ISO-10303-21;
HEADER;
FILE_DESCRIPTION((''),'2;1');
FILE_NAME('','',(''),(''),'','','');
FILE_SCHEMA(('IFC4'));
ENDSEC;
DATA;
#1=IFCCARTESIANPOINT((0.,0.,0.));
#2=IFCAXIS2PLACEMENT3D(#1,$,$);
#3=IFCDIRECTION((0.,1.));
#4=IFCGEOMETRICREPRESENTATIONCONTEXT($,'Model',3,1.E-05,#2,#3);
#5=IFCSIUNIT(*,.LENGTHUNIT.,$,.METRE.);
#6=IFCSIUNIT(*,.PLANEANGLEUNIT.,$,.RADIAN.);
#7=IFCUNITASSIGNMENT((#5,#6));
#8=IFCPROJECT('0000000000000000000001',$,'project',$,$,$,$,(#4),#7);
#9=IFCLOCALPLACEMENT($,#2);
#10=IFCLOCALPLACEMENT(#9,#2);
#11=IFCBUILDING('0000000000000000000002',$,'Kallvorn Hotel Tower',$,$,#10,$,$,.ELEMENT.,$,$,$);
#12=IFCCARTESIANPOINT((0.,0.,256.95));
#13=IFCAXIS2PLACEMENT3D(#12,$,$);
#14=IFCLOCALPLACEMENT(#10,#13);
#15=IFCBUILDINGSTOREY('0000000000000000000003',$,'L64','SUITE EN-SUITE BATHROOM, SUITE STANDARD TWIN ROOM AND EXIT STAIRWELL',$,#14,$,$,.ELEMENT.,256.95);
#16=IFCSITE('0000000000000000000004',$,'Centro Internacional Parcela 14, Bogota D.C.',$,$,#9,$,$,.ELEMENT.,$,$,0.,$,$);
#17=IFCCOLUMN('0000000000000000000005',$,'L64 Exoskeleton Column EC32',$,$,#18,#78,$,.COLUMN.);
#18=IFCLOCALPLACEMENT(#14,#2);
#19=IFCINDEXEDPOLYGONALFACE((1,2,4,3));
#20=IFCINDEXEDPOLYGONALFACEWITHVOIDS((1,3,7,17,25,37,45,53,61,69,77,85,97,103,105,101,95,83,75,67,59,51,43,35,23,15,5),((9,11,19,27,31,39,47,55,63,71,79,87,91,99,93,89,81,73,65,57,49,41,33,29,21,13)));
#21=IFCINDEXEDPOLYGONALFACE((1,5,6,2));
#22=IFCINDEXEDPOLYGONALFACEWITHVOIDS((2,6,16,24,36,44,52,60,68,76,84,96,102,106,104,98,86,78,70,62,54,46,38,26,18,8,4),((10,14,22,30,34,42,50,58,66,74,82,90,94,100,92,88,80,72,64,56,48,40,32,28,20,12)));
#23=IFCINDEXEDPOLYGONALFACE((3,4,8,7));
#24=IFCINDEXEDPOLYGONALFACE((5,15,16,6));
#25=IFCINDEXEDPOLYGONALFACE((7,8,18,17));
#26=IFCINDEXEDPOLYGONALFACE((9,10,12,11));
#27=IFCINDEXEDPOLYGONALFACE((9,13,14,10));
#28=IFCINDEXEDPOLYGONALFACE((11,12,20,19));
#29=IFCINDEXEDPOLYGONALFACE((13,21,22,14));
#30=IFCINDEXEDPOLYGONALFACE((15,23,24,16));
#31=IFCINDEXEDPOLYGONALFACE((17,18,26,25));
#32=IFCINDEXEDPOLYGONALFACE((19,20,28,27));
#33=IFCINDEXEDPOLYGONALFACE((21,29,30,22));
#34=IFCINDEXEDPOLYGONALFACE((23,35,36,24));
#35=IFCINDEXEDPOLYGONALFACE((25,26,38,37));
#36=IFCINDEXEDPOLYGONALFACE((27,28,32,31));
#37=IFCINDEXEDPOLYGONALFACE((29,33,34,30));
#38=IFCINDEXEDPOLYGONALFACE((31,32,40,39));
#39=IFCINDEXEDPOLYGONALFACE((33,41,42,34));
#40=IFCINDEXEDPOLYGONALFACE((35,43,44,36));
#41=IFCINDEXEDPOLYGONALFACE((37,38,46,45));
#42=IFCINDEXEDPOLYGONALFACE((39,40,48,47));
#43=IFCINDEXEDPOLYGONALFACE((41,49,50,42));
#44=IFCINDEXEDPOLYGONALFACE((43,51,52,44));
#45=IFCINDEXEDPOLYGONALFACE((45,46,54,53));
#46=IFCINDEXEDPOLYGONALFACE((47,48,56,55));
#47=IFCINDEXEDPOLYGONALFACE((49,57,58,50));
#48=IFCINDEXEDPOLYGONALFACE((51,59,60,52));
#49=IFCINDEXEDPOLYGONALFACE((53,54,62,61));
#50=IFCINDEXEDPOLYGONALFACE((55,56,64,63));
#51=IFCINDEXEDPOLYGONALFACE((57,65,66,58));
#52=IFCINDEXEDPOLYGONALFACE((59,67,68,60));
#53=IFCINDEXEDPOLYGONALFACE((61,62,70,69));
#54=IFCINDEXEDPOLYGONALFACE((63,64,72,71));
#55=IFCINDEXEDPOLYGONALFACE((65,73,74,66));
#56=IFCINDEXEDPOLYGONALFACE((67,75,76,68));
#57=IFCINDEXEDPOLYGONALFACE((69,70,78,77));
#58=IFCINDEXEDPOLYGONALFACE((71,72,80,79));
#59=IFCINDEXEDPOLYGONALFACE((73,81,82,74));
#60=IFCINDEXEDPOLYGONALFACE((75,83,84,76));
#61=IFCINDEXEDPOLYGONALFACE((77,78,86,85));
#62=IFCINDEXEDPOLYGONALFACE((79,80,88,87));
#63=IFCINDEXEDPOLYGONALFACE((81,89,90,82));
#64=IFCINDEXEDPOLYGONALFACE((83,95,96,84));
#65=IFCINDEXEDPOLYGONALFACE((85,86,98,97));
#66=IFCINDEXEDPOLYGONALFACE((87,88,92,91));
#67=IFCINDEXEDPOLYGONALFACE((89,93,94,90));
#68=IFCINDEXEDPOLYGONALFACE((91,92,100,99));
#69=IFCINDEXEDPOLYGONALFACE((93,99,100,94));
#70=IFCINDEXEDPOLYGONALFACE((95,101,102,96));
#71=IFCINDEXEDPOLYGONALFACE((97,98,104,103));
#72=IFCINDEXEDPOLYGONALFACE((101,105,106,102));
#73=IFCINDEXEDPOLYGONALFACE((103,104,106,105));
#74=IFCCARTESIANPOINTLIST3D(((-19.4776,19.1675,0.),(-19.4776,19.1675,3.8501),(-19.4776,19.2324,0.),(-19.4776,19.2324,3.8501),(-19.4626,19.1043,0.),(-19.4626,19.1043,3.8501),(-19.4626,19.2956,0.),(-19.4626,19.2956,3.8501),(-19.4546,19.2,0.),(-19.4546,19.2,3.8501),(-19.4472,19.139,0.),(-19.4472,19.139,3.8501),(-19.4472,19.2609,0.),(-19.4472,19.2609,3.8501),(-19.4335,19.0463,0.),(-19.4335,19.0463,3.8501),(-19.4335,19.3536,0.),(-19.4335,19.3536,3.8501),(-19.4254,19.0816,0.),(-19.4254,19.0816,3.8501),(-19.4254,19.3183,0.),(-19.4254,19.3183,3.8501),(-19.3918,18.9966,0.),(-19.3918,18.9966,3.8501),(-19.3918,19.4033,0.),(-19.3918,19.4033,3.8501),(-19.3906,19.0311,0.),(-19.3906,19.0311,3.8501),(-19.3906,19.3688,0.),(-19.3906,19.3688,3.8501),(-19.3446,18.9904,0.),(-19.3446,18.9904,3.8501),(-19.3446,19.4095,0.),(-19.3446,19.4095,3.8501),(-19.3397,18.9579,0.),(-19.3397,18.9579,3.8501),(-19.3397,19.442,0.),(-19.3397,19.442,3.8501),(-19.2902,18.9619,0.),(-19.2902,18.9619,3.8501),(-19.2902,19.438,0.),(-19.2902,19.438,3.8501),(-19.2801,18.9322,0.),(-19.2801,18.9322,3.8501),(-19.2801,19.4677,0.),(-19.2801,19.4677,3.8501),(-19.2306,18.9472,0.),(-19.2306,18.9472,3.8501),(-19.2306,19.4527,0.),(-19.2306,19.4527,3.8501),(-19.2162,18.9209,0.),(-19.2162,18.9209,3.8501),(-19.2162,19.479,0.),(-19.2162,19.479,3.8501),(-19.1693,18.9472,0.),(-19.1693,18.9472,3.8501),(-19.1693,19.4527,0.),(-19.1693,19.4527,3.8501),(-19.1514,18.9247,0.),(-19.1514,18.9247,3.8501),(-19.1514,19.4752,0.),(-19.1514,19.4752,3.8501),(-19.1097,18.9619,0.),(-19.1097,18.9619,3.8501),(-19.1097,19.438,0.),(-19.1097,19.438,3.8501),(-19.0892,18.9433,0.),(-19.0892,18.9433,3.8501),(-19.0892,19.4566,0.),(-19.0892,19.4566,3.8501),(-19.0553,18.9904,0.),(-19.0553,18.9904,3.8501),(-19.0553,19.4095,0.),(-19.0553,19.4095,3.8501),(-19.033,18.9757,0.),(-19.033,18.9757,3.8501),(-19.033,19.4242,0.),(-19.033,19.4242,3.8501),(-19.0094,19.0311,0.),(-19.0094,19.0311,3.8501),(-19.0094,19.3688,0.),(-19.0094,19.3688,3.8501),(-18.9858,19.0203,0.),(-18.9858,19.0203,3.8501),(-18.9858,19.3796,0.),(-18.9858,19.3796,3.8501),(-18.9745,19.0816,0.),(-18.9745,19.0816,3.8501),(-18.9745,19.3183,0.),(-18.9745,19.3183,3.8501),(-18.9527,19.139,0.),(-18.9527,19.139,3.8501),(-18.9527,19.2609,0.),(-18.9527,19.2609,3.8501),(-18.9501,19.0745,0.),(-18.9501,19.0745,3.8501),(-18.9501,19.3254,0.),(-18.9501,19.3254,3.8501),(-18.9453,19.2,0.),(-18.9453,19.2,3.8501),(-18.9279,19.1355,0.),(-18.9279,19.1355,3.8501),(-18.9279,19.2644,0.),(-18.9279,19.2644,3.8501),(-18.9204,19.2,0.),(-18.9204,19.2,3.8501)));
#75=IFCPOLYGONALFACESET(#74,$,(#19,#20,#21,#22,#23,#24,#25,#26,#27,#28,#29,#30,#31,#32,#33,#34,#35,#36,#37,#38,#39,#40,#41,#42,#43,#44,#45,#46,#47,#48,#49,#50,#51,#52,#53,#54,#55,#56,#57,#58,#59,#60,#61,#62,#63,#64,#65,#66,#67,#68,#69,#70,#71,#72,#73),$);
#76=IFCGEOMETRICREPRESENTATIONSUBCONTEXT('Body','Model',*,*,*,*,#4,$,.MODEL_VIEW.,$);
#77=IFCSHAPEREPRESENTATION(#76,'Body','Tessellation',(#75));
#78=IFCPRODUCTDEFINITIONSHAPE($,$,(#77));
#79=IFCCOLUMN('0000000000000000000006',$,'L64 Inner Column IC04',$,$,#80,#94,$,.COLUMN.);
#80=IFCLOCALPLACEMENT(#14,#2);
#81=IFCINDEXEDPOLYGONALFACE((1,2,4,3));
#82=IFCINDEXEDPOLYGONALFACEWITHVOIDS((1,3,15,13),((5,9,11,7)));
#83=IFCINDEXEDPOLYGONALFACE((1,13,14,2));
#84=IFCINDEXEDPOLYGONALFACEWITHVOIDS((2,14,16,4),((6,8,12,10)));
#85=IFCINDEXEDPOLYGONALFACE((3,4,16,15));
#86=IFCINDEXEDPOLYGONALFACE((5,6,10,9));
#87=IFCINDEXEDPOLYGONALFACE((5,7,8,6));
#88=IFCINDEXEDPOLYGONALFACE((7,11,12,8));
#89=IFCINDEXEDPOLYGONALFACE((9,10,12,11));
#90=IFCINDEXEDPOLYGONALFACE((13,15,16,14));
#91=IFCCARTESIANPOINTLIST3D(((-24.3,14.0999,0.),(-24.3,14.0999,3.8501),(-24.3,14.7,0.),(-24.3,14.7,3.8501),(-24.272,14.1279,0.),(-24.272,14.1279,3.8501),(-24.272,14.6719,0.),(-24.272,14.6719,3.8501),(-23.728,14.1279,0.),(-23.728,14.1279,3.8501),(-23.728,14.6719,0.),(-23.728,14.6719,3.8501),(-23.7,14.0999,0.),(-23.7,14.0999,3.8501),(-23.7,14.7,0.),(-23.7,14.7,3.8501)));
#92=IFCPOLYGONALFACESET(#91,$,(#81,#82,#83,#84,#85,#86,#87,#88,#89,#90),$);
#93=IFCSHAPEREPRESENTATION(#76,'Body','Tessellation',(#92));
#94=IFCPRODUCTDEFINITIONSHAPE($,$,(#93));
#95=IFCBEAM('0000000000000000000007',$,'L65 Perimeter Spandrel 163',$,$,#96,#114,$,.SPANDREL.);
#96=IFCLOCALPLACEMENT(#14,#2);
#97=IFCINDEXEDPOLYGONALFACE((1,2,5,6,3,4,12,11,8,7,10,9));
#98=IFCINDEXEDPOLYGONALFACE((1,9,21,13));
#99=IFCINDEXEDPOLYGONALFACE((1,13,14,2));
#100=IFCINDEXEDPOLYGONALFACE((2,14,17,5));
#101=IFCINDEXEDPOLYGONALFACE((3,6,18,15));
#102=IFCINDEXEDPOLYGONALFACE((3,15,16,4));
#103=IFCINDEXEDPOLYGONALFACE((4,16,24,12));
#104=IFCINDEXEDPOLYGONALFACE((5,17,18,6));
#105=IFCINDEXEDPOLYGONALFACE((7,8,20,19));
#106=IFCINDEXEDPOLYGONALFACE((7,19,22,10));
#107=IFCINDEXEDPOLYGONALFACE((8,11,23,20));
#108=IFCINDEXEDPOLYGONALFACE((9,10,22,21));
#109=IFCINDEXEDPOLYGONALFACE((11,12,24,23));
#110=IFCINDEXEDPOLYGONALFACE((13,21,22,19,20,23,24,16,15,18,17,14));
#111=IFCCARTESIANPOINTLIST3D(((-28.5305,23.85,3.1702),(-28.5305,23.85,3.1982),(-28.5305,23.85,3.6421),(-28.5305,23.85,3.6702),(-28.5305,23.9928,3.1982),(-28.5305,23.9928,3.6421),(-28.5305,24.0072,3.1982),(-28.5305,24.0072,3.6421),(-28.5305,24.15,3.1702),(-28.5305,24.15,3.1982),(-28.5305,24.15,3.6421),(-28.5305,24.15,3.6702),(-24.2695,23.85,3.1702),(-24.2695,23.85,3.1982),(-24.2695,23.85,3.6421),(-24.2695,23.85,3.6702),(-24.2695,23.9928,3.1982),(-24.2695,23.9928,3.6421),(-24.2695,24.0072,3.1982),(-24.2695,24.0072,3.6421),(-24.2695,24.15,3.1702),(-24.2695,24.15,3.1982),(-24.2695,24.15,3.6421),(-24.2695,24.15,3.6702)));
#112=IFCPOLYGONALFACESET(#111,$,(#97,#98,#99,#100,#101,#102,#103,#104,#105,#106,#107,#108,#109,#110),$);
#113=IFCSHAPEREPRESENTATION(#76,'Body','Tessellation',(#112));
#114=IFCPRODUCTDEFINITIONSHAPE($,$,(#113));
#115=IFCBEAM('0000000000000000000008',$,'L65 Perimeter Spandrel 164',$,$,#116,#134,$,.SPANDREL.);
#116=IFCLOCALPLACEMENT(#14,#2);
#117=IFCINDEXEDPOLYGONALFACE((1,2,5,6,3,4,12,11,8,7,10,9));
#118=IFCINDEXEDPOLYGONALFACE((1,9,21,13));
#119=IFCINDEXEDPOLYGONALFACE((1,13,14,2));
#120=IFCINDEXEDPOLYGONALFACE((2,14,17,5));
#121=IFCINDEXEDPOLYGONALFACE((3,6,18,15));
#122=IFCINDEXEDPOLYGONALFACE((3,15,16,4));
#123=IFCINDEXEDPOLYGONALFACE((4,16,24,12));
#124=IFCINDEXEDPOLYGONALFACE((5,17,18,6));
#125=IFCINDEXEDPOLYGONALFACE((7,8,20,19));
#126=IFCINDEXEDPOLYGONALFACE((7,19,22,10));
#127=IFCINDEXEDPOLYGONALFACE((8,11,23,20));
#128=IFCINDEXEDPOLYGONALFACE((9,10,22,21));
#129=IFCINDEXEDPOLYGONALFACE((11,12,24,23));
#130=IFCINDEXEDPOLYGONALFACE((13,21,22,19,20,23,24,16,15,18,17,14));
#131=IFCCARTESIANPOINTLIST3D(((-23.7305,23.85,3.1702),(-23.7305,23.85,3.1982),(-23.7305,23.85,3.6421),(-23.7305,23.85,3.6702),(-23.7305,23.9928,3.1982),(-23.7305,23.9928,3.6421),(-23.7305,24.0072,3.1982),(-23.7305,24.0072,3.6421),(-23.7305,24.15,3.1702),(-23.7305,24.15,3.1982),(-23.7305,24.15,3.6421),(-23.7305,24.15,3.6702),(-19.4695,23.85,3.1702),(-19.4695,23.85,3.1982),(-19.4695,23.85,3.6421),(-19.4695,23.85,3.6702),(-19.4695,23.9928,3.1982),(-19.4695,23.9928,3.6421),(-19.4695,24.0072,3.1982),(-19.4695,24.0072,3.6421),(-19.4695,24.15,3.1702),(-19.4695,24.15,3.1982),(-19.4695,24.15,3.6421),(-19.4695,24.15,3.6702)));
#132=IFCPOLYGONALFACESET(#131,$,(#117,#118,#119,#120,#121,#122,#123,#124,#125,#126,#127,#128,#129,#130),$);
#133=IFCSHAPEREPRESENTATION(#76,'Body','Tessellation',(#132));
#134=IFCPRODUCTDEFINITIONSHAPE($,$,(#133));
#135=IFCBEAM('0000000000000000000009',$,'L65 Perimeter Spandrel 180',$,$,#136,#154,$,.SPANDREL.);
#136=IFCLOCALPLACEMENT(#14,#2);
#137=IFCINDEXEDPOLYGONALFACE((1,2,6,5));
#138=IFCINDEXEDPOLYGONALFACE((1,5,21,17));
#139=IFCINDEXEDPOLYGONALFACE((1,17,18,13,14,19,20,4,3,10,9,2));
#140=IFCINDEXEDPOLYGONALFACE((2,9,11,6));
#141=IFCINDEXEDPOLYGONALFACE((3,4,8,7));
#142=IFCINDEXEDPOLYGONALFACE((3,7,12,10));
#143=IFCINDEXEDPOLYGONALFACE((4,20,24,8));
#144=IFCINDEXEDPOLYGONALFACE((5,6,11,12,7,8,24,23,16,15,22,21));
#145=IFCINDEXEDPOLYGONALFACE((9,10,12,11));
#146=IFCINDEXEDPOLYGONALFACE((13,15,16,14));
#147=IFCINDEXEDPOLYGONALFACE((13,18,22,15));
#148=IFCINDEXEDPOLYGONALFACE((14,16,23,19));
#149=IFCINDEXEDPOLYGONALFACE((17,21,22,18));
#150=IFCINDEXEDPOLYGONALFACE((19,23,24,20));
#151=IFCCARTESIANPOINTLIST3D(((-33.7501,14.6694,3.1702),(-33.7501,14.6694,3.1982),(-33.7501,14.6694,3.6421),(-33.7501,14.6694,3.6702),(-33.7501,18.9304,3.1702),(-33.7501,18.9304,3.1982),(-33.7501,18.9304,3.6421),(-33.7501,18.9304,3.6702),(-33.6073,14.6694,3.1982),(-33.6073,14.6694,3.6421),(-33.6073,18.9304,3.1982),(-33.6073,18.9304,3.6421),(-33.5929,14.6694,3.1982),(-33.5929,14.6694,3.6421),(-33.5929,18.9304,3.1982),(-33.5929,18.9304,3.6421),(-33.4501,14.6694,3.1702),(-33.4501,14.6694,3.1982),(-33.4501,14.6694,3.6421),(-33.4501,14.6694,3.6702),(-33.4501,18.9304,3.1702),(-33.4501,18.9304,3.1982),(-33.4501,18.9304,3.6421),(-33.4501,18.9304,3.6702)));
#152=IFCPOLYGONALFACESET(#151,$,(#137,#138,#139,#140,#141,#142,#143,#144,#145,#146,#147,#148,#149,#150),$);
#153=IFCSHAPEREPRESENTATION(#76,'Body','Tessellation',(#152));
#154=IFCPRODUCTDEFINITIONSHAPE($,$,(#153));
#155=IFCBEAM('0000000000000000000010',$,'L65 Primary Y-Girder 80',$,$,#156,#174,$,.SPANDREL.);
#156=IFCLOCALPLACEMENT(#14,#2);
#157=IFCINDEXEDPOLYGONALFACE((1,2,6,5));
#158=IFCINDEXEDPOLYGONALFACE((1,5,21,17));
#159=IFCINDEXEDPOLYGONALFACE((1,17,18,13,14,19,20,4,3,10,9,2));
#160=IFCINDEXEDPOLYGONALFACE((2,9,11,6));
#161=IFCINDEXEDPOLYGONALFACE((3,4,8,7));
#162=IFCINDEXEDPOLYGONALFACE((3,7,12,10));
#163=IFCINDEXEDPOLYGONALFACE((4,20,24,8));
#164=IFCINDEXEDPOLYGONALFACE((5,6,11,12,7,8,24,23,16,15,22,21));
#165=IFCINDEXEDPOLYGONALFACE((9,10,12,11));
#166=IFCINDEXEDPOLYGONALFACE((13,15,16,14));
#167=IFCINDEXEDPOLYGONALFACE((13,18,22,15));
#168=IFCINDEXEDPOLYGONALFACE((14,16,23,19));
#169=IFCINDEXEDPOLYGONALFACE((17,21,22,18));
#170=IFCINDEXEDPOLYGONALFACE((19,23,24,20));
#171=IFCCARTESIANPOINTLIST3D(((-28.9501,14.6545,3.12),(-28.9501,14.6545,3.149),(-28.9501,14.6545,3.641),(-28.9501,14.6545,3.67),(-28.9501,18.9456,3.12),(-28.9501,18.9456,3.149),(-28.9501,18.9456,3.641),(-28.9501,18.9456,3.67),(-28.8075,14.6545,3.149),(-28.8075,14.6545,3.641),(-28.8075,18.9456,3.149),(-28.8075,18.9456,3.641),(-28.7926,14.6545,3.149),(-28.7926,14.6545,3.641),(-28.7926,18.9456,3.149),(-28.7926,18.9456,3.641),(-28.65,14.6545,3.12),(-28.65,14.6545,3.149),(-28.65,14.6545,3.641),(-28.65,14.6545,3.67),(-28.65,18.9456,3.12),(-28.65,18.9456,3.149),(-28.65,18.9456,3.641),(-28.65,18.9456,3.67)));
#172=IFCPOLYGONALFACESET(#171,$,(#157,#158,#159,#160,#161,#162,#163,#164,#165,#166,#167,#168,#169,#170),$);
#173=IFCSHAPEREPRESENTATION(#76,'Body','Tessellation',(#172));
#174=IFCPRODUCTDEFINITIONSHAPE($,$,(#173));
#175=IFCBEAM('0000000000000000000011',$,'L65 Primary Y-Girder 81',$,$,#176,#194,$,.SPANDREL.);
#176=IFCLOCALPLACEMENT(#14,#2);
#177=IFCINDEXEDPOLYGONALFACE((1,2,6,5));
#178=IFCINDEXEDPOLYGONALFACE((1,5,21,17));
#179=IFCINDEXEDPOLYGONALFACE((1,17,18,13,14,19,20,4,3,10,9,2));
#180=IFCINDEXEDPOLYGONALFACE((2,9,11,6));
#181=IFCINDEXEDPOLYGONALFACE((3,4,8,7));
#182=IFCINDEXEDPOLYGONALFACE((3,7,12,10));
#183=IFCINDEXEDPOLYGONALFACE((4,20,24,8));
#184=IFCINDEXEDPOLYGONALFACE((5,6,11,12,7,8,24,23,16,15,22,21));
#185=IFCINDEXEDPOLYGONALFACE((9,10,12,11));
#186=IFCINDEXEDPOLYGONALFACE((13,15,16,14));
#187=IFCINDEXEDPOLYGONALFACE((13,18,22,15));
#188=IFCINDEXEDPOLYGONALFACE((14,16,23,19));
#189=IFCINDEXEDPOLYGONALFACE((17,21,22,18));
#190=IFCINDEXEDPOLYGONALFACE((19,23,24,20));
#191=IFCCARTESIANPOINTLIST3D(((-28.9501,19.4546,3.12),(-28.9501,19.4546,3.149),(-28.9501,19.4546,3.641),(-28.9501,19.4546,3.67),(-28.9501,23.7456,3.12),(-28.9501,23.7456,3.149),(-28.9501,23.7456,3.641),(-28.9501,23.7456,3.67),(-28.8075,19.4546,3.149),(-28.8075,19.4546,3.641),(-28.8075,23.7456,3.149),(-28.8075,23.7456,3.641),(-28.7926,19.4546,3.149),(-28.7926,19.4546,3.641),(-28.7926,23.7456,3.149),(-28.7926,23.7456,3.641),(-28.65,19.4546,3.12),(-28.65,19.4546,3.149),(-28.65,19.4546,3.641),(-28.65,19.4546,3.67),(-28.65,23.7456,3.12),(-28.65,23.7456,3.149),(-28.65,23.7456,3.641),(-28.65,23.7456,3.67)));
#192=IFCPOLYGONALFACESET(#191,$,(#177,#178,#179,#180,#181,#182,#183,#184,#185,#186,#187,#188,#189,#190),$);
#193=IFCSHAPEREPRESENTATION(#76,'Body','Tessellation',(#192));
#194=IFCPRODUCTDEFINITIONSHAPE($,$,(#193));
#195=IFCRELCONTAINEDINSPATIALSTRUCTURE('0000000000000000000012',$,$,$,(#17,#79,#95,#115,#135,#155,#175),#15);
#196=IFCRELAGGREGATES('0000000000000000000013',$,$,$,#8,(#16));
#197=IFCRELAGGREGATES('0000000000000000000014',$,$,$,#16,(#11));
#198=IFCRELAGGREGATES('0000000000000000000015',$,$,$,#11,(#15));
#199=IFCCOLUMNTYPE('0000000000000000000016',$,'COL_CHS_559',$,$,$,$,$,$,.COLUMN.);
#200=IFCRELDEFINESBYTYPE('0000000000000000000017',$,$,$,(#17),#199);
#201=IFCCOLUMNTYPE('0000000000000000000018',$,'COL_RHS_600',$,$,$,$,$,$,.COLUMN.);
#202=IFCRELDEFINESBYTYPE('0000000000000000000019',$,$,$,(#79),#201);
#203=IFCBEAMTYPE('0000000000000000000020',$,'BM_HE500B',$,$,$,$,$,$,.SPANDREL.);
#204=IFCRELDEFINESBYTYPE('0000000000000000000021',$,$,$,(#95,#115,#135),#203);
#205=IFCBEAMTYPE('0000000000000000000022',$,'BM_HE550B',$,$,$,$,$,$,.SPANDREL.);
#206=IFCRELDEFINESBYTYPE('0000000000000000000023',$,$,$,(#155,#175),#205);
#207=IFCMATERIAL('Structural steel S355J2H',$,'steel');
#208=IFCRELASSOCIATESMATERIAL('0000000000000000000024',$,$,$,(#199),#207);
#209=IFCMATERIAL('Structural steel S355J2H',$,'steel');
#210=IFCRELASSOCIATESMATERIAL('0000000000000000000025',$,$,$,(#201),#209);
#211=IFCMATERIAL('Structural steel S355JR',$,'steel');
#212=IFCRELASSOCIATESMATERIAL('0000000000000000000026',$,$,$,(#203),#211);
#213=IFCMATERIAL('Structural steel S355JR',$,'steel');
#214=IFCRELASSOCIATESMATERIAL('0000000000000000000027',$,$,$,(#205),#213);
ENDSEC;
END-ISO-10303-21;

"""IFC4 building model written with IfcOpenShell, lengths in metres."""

from ifc_helpers import new_model, si_unit, direction, frame, origin, origin_2d, place, context, subcontext, project, spatial, hollow_rectangle, hollow_circle, i_section, extrude, material, material_profile, profile_set, type_object, element, save


model = new_model("IFC4")

# Units and contexts
model_context = context("Model", 3, precision=1e-05, world=origin(), true_north=direction((0.0, 1.0)))
body_context = subcontext(model_context, "Body", "Model", "MODEL_VIEW")
ifc_project = project(units=[si_unit("LENGTHUNIT", "METRE"), si_unit("PLANEANGLEUNIT", "RADIAN")], contexts=[model_context])

# Site, building, storey
site_placement = place(None, origin())
site = spatial("IfcSite", under=ifc_project, at=site_placement, Name="Centro Internacional Parcela 14, Bogota D.C.", CompositionType="ELEMENT", RefElevation=0.0)
building_placement = place(site_placement, origin())
building = spatial("IfcBuilding", under=site, at=building_placement, Name="Kallvorn Hotel Tower", CompositionType="ELEMENT")
storey_placement = place(building_placement, frame((0.0, 0.0, 256.95)))
storey = spatial("IfcBuildingStorey", under=building, at=storey_placement, Name="L64", Description="SUITE EN-SUITE BATHROOM, SUITE STANDARD TWIN ROOM AND EXIT STAIRWELL", CompositionType="ELEMENT", Elevation=256.95)

# Columns
ifc_material_1 = material(Name="Structural steel S355J2H", Category="steel")
ifc_material_profile_1 = material_profile(ifc_material_1, hollow_circle(Radius=0.2795, WallThickness=0.0249, at=origin_2d()), Name="CHS 559x25")
ifc_profile_set_1 = profile_set([ifc_material_profile_1], Name="Structural steel S355J2H")
column_type_1 = type_object("IfcColumnType", Name="COL_CHS_559", PredefinedType="COLUMN", material=ifc_profile_set_1)
for number, where, z_axis, x_axis, name in (
    (1, (-19.2, 19.2, 0.0), (0.0, 0.0, 1.0), (1.0, 0.0, 0.0), "L64 Exoskeleton Column EC32"),
):
    element("IfcColumn", number, at=place(storey_placement, frame(where, z_axis=z_axis, x_axis=x_axis)), inside=storey, type_object=column_type_1, Name=name, PredefinedType="COLUMN", context=body_context, shape_type="SweptSolid", body=[
        extrude(hollow_circle(Radius=0.2795, WallThickness=0.0249, at=origin_2d()), origin(), (0.0, 0.0, 1.0), 3.8501),
    ])
ifc_material_2 = material(Name="Structural steel S355J2H", Category="steel")
ifc_material_profile_2 = material_profile(ifc_material_2, hollow_rectangle(XDim=0.6001, YDim=0.6001, WallThickness=0.0281, at=origin_2d()), Name="RHS 600x600x28")
ifc_profile_set_2 = profile_set([ifc_material_profile_2], Name="Structural steel S355J2H")
column_type_2 = type_object("IfcColumnType", Name="COL_RHS_600", PredefinedType="COLUMN", material=ifc_profile_set_2)
column_placement = place(storey_placement, frame((-24.0, 14.3999, 0.0), z_axis=(0.0, 0.0, 1.0), x_axis=(1.0, 0.0, 0.0)))
element("IfcColumn", 2, at=column_placement, inside=storey, type_object=column_type_2, Name="L64 Inner Column IC04", PredefinedType="COLUMN", context=body_context, shape_type="SweptSolid", body=[
    extrude(hollow_rectangle(XDim=0.6001, YDim=0.6001, WallThickness=0.0281, at=origin_2d()), origin(), (0.0, 0.0, 1.0), 3.8501),
])

# Beams
ifc_material_3 = material(Name="Structural steel S355JR", Category="steel")
ifc_material_profile_3 = material_profile(ifc_material_3, i_section(OverallWidth=0.3, OverallDepth=0.5, WebThickness=0.0144, FlangeThickness=0.0281, at=origin_2d()), Name="HE 500 B")
ifc_profile_set_3 = profile_set([ifc_material_profile_3], Name="Structural steel S355JR")
beam_type_1 = type_object("IfcBeamType", Name="BM_HE500B", PredefinedType="SPANDREL", material=ifc_profile_set_3)
for number, where, z_axis, x_axis, name in (
    (3, (-28.5305, 24.0, 3.4202), (1.0, 0.0, 0.0), (0.0, 1.0, 0.0), "L65 Perimeter Spandrel 163"),
    (4, (-23.7305, 24.0, 3.4202), (1.0, 0.0, 0.0), (0.0, 1.0, 0.0), "L65 Perimeter Spandrel 164"),
    (5, (-33.6001, 14.6694, 3.4202), (0.0, 1.0, 0.0), (-1.0, 0.0, 0.0), "L65 Perimeter Spandrel 180"),
):
    element("IfcBeam", number, at=place(storey_placement, frame(where, z_axis=z_axis, x_axis=x_axis)), inside=storey, type_object=beam_type_1, Name=name, PredefinedType="SPANDREL", context=body_context, shape_type="SweptSolid", body=[
        extrude(i_section(OverallWidth=0.3, OverallDepth=0.5, WebThickness=0.0144, FlangeThickness=0.0281, at=origin_2d()), origin(), (0.0, 0.0, 1.0), 4.261),
    ])
ifc_material_4 = material(Name="Structural steel S355JR", Category="steel")
ifc_material_profile_4 = material_profile(ifc_material_4, i_section(OverallWidth=0.3, OverallDepth=0.55, WebThickness=0.0149, FlangeThickness=0.0291, at=origin_2d()), Name="HE 550 B")
ifc_profile_set_4 = profile_set([ifc_material_profile_4], Name="Structural steel S355JR")
beam_type_2 = type_object("IfcBeamType", Name="BM_HE550B", PredefinedType="SPANDREL", material=ifc_profile_set_4)
for number, where, z_axis, x_axis, name in (
    (6, (-28.8, 14.6545, 3.395), (0.0, 1.0, 0.0), (-1.0, 0.0, 0.0), "L65 Primary Y-Girder 80"),
    (7, (-28.8, 19.4546, 3.395), (0.0, 1.0, 0.0), (-1.0, 0.0, 0.0), "L65 Primary Y-Girder 81"),
):
    element("IfcBeam", number, at=place(storey_placement, frame(where, z_axis=z_axis, x_axis=x_axis)), inside=storey, type_object=beam_type_2, Name=name, PredefinedType="SPANDREL", context=body_context, shape_type="SweptSolid", body=[
        extrude(i_section(OverallWidth=0.3, OverallDepth=0.55, WebThickness=0.0149, FlangeThickness=0.0291, at=origin_2d()), origin(), (0.0, 0.0, 1.0), 4.291),
    ])

save(model, "model.ifc")
